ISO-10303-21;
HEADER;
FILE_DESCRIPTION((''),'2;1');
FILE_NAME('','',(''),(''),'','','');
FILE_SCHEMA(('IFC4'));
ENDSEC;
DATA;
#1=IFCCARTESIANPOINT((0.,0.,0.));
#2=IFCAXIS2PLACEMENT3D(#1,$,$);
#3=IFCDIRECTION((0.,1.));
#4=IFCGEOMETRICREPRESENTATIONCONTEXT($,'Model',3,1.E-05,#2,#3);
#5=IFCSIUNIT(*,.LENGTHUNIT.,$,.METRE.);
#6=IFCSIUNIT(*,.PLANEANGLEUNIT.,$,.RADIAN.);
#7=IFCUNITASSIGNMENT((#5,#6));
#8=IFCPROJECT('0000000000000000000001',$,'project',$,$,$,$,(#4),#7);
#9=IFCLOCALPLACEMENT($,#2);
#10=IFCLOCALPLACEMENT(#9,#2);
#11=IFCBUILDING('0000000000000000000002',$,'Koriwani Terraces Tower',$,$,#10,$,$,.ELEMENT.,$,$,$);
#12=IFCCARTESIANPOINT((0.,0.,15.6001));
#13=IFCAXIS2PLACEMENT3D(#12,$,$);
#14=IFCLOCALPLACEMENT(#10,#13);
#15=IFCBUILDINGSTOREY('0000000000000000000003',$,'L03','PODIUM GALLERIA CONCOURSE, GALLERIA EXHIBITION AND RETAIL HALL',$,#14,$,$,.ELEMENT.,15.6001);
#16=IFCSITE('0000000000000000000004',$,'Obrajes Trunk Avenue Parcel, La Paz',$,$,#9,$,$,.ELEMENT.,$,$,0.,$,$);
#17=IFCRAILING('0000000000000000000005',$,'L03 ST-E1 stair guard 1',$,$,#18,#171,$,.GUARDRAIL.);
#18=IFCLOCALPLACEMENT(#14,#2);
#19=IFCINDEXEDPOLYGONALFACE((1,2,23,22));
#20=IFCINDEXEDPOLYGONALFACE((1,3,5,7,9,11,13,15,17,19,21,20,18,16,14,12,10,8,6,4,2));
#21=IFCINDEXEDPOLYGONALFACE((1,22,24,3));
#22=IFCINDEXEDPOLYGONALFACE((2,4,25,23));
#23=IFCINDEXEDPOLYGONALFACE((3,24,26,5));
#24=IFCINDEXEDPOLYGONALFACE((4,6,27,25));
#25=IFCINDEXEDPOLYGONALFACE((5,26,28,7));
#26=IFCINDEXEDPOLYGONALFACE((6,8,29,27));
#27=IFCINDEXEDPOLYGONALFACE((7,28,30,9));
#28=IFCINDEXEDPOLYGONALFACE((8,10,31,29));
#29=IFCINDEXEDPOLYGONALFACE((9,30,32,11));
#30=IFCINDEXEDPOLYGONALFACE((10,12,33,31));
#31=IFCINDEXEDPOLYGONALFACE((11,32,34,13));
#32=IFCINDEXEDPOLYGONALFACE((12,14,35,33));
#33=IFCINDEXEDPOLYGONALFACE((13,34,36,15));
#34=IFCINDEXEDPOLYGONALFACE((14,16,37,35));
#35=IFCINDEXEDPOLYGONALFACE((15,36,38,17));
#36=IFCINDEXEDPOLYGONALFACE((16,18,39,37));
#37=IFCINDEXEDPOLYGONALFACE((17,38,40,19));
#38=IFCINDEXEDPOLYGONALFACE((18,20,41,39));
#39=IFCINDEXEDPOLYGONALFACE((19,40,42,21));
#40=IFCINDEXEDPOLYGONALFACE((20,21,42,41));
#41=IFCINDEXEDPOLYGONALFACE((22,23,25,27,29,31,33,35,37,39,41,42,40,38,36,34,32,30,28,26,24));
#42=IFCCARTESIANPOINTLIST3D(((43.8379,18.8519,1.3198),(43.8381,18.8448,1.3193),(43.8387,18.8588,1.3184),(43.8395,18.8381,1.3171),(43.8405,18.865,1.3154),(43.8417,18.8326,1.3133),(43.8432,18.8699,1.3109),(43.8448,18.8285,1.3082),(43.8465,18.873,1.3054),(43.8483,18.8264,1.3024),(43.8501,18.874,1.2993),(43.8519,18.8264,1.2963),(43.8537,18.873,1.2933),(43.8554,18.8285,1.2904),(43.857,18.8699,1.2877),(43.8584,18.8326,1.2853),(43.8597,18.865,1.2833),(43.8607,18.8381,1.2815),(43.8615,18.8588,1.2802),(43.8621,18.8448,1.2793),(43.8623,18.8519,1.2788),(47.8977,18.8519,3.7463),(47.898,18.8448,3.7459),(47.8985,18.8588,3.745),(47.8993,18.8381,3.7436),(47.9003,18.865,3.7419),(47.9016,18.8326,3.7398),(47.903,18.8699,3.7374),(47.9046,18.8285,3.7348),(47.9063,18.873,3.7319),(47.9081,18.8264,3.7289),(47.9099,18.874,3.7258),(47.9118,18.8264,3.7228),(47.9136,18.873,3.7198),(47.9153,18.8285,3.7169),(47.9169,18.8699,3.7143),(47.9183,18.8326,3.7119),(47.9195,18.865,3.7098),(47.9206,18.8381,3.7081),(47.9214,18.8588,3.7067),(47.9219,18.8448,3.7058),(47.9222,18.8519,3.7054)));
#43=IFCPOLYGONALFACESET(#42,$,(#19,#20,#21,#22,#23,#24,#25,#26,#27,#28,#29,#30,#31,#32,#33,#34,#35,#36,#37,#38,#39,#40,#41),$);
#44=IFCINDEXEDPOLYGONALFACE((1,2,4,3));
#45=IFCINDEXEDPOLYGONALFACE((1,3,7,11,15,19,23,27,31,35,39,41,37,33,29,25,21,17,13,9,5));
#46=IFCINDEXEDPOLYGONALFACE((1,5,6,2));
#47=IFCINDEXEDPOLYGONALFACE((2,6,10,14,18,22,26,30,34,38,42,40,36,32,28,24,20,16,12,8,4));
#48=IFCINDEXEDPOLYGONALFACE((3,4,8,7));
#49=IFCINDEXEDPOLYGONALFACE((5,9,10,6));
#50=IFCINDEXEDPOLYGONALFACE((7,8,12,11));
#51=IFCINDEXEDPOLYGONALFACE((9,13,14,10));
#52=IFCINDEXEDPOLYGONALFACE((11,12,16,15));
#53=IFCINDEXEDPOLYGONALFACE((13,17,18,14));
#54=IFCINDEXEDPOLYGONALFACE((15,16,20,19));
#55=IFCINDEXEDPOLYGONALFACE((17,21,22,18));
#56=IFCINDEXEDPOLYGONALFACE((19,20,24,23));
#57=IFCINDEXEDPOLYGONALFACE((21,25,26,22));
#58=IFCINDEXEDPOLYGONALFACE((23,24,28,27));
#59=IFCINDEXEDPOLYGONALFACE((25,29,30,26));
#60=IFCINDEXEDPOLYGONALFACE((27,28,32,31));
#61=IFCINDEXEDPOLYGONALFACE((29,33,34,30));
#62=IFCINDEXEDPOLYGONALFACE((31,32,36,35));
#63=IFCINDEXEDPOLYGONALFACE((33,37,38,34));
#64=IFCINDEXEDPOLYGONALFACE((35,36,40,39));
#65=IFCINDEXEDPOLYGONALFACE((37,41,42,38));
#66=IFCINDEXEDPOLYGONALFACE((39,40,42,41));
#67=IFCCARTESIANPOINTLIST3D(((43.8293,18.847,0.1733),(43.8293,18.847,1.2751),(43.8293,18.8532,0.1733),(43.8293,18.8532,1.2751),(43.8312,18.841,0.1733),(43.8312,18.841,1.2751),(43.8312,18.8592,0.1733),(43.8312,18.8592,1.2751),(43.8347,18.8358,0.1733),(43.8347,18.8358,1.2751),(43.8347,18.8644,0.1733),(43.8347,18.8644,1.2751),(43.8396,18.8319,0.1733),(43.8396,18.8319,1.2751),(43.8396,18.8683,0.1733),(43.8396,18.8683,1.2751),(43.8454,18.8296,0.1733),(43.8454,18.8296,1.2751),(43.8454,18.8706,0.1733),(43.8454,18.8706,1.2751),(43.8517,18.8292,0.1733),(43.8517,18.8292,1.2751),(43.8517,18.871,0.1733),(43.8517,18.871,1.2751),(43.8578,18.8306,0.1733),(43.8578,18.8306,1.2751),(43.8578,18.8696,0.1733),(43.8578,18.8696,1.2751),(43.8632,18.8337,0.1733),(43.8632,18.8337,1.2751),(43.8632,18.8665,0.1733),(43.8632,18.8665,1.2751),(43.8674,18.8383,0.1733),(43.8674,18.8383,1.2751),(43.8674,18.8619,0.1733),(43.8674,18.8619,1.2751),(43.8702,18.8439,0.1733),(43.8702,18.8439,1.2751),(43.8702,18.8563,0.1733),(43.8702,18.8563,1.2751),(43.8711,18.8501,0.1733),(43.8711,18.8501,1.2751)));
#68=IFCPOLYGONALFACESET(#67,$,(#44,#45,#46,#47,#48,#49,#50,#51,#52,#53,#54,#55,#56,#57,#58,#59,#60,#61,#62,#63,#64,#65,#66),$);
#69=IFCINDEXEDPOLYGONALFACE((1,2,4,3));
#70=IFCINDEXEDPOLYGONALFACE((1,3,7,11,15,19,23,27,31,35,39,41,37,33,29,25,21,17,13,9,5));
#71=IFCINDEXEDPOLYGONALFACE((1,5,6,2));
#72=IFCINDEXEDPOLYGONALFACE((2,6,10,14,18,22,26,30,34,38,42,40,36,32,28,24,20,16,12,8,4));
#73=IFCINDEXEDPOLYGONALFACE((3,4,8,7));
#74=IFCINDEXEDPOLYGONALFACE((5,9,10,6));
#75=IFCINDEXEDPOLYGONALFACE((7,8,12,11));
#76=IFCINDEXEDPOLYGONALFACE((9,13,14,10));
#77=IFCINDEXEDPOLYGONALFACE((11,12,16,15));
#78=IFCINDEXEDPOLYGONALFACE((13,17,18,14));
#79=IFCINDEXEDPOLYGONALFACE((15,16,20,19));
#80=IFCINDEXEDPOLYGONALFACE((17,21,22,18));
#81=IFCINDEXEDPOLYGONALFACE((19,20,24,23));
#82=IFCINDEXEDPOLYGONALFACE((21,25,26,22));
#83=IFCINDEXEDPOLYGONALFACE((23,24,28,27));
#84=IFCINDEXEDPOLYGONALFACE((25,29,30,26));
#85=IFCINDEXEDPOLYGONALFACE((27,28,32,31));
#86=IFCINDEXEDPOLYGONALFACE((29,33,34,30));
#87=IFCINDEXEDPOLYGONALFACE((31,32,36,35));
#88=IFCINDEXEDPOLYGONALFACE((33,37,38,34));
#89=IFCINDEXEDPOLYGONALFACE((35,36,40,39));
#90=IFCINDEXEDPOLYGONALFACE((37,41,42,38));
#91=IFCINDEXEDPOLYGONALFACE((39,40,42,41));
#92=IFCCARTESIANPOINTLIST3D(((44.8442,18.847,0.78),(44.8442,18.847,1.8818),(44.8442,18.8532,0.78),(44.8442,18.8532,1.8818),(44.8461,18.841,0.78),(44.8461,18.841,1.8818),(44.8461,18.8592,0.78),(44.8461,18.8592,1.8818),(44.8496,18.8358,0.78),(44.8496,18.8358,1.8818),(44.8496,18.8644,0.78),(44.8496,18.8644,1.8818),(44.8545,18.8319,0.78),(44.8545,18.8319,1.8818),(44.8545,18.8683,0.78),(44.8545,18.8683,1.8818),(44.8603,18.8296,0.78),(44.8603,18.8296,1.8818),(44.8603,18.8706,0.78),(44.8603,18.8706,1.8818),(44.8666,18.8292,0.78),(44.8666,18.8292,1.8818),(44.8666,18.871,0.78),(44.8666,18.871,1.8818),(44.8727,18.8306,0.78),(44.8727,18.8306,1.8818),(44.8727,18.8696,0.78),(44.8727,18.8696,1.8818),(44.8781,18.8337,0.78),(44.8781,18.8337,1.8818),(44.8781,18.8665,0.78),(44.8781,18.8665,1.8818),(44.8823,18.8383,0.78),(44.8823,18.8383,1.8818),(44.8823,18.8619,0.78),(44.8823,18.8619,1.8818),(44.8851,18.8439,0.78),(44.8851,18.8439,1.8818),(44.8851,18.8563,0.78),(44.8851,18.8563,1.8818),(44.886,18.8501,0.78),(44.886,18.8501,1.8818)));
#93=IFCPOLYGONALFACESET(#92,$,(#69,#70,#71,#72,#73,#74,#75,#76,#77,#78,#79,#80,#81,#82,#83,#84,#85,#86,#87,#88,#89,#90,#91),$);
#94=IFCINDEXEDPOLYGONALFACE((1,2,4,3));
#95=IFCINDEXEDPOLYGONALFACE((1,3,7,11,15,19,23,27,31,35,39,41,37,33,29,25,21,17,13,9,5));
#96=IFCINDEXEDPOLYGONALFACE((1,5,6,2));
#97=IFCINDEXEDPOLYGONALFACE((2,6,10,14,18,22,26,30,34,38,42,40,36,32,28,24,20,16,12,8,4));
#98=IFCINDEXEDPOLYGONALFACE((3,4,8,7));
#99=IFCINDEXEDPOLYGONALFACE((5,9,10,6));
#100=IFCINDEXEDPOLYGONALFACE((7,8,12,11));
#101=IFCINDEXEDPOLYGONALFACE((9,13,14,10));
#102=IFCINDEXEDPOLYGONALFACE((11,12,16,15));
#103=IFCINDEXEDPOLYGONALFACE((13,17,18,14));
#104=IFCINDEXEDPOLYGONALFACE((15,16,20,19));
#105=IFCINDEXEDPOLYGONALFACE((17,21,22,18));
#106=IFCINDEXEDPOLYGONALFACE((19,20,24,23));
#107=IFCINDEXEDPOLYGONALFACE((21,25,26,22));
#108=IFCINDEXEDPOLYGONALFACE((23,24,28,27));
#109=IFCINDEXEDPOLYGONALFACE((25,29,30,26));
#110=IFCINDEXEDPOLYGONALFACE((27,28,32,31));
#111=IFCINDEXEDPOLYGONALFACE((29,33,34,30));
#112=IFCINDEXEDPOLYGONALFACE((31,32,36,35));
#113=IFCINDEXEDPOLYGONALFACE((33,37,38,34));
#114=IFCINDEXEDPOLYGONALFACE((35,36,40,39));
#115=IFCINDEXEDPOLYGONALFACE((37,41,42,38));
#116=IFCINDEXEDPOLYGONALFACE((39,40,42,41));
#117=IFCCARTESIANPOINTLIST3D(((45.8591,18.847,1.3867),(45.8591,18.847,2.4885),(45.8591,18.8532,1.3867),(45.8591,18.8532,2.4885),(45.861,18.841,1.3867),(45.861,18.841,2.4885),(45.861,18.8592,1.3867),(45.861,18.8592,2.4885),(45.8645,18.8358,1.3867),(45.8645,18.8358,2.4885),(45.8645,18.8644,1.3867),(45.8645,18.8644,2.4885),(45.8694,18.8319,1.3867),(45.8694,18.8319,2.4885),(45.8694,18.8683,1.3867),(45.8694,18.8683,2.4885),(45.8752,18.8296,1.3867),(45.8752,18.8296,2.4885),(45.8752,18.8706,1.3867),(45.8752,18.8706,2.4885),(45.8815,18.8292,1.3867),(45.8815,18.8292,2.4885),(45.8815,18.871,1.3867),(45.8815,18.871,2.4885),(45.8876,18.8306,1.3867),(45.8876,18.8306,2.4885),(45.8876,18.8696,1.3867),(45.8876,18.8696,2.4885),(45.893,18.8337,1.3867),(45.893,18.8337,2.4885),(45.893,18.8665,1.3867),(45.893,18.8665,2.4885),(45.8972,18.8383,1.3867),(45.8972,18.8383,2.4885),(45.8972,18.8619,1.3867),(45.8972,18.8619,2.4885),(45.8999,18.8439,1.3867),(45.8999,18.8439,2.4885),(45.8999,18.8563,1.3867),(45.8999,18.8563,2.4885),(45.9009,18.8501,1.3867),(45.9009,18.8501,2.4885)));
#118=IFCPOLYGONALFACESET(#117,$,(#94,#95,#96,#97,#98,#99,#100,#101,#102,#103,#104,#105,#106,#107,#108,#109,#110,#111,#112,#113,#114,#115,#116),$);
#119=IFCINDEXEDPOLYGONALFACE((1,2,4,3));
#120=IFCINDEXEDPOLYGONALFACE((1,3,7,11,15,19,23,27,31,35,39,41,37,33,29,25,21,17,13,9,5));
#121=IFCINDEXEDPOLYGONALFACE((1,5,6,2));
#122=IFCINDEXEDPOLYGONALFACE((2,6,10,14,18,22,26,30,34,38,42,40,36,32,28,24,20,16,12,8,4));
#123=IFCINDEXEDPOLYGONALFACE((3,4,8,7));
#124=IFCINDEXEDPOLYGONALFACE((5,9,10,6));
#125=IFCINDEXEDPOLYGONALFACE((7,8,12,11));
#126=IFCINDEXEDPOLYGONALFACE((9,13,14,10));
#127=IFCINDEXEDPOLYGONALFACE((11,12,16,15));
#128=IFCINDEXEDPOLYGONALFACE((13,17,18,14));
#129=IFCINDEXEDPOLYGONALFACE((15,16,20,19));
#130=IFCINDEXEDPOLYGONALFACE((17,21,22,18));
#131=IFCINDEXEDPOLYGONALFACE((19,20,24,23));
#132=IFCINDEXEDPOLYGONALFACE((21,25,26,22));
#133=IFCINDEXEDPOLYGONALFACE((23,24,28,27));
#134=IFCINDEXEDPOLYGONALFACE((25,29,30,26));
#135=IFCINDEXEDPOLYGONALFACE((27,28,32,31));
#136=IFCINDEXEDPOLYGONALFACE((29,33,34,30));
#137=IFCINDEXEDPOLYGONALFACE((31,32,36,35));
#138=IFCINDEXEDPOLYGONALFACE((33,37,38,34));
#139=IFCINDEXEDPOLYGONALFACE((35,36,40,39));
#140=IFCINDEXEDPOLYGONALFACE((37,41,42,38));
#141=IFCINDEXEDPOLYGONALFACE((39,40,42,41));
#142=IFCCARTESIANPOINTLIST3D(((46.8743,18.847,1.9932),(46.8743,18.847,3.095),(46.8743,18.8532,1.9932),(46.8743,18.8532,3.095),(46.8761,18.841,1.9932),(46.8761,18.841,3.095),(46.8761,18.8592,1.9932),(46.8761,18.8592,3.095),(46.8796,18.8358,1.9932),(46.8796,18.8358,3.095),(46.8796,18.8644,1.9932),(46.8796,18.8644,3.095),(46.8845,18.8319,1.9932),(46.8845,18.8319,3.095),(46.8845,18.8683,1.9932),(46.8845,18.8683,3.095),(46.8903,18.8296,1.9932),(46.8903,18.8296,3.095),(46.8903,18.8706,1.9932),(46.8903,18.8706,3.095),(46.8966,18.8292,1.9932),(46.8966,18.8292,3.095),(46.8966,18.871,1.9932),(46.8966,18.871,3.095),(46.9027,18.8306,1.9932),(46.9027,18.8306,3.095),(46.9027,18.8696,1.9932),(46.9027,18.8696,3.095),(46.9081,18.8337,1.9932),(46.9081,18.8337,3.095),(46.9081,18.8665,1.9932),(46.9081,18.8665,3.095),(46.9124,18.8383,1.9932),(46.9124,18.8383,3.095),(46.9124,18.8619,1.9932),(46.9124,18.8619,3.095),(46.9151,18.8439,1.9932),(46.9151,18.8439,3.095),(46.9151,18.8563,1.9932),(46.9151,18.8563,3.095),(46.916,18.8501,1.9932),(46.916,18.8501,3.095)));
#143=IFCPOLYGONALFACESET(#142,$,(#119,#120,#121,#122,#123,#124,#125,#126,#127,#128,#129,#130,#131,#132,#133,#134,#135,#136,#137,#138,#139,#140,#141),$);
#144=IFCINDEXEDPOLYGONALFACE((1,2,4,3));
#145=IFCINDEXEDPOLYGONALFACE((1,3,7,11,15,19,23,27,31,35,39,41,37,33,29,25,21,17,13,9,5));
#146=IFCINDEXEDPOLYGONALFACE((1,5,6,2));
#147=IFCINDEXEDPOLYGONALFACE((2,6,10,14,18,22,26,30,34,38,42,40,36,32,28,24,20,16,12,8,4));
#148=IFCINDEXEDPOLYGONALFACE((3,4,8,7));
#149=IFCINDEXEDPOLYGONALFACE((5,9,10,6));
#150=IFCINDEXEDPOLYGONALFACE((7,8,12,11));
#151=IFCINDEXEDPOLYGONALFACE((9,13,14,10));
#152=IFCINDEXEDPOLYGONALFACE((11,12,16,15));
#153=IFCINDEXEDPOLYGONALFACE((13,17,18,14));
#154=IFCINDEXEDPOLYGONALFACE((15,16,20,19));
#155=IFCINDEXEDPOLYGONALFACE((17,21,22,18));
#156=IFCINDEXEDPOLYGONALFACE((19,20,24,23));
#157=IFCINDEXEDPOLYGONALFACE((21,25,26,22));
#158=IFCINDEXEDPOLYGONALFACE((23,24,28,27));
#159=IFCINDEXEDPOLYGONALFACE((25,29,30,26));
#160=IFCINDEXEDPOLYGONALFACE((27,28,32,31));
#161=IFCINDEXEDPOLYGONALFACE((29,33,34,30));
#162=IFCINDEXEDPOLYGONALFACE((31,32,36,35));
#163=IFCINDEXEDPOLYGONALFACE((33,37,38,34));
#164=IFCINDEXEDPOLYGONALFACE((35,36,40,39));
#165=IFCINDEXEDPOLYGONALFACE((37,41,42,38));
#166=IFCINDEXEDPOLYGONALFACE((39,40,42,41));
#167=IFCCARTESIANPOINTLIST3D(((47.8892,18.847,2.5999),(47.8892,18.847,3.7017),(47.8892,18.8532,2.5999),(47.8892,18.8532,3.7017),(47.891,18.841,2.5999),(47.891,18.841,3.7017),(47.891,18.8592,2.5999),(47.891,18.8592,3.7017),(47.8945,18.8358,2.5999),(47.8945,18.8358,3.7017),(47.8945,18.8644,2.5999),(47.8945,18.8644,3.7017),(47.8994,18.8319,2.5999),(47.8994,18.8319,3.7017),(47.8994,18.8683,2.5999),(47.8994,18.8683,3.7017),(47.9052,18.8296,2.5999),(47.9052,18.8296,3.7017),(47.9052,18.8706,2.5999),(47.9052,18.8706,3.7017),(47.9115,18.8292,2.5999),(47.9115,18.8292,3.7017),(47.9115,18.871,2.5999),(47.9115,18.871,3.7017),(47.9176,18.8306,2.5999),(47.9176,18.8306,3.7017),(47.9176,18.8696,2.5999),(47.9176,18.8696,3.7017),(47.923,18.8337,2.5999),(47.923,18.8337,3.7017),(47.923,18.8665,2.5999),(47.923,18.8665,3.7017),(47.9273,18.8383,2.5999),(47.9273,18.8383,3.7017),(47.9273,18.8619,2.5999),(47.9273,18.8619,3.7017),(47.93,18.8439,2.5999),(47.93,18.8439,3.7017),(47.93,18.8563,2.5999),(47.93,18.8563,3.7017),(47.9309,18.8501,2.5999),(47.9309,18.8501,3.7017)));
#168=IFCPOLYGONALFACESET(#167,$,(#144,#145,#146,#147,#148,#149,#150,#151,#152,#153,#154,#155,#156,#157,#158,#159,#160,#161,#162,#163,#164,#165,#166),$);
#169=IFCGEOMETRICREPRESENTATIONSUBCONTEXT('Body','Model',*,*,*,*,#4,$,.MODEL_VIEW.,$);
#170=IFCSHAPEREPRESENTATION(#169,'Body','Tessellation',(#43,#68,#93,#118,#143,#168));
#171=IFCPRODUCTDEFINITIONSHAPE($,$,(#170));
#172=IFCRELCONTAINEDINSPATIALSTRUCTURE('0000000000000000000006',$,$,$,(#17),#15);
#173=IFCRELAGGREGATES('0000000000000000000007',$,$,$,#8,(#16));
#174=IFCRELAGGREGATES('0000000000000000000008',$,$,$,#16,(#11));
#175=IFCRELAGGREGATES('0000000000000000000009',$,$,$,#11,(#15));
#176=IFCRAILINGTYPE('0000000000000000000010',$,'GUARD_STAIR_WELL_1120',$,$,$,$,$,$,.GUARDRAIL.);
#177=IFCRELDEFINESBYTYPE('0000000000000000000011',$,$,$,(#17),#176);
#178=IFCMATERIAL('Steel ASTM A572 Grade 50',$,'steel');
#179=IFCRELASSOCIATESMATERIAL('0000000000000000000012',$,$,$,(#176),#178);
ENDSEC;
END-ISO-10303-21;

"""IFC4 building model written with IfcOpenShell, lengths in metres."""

from ifc_helpers import new_model, si_unit, direction, frame, origin, origin_2d, place, context, subcontext, project, spatial, circle, extrude, material, type_object, element, save


model = new_model("IFC4")

# Units and contexts
model_context = context("Model", 3, precision=1e-05, world=origin(), true_north=direction((0.0, 1.0)))
body_context = subcontext(model_context, "Body", "Model", "MODEL_VIEW")
ifc_project = project(units=[si_unit("LENGTHUNIT", "METRE"), si_unit("PLANEANGLEUNIT", "RADIAN")], contexts=[model_context])

# Site, building, storey
site_placement = place(None, origin())
site = spatial("IfcSite", under=ifc_project, at=site_placement, Name="Obrajes Trunk Avenue Parcel, La Paz", CompositionType="ELEMENT", RefElevation=0.0)
building_placement = place(site_placement, origin())
building = spatial("IfcBuilding", under=site, at=building_placement, Name="Koriwani Terraces Tower", CompositionType="ELEMENT")
storey_placement = place(building_placement, frame((0.0, 0.0, 15.6001)))
storey = spatial("IfcBuildingStorey", under=building, at=storey_placement, Name="L03", Description="PODIUM GALLERIA CONCOURSE, GALLERIA EXHIBITION AND RETAIL HALL", CompositionType="ELEMENT", Elevation=15.6001)

# Shared definitions
ifc_material_1 = material(Name="Steel ASTM A572 Grade 50", Category="steel")

# Railing
railing_type_1 = type_object("IfcRailingType", Name="GUARD_STAIR_WELL_1120", PredefinedType="GUARDRAIL", material=ifc_material_1)
railing_1_placement = place(storey_placement, frame((43.8501, 18.8501, 0.1733)))
element("IfcRailing", 1, at=railing_1_placement, inside=storey, type_object=railing_type_1, Name="L03 ST-E1 stair guard 1", PredefinedType="GUARDRAIL", context=body_context, shape_type="SweptSolid", body=[
    extrude(circle(Radius=0.0239, at=origin_2d()), frame((0.0, 0.0, 1.126), z_axis=(0.858366, 0.0, 0.513038), x_axis=(0.0, 1.0, 0.0)), (0.0, 0.0, 1.0), 4.7297),
    extrude(circle(Radius=0.021, at=origin_2d()), origin(), (0.0, 0.0, 1.0), 1.1018),
    extrude(circle(Radius=0.021, at=origin_2d()), frame((1.0149, 0.0, 0.6067)), (0.0, 0.0, 1.0), 1.1018),
    extrude(circle(Radius=0.021, at=origin_2d()), frame((2.0298, 0.0, 1.2134)), (0.0, 0.0, 1.0), 1.1018),
    extrude(circle(Radius=0.021, at=origin_2d()), frame((3.0449, 0.0, 1.8198)), (0.0, 0.0, 1.0), 1.1018),
    extrude(circle(Radius=0.021, at=origin_2d()), frame((4.0598, 0.0, 2.4265)), (0.0, 0.0, 1.0), 1.1018),
])

save(model, "model.ifc")
